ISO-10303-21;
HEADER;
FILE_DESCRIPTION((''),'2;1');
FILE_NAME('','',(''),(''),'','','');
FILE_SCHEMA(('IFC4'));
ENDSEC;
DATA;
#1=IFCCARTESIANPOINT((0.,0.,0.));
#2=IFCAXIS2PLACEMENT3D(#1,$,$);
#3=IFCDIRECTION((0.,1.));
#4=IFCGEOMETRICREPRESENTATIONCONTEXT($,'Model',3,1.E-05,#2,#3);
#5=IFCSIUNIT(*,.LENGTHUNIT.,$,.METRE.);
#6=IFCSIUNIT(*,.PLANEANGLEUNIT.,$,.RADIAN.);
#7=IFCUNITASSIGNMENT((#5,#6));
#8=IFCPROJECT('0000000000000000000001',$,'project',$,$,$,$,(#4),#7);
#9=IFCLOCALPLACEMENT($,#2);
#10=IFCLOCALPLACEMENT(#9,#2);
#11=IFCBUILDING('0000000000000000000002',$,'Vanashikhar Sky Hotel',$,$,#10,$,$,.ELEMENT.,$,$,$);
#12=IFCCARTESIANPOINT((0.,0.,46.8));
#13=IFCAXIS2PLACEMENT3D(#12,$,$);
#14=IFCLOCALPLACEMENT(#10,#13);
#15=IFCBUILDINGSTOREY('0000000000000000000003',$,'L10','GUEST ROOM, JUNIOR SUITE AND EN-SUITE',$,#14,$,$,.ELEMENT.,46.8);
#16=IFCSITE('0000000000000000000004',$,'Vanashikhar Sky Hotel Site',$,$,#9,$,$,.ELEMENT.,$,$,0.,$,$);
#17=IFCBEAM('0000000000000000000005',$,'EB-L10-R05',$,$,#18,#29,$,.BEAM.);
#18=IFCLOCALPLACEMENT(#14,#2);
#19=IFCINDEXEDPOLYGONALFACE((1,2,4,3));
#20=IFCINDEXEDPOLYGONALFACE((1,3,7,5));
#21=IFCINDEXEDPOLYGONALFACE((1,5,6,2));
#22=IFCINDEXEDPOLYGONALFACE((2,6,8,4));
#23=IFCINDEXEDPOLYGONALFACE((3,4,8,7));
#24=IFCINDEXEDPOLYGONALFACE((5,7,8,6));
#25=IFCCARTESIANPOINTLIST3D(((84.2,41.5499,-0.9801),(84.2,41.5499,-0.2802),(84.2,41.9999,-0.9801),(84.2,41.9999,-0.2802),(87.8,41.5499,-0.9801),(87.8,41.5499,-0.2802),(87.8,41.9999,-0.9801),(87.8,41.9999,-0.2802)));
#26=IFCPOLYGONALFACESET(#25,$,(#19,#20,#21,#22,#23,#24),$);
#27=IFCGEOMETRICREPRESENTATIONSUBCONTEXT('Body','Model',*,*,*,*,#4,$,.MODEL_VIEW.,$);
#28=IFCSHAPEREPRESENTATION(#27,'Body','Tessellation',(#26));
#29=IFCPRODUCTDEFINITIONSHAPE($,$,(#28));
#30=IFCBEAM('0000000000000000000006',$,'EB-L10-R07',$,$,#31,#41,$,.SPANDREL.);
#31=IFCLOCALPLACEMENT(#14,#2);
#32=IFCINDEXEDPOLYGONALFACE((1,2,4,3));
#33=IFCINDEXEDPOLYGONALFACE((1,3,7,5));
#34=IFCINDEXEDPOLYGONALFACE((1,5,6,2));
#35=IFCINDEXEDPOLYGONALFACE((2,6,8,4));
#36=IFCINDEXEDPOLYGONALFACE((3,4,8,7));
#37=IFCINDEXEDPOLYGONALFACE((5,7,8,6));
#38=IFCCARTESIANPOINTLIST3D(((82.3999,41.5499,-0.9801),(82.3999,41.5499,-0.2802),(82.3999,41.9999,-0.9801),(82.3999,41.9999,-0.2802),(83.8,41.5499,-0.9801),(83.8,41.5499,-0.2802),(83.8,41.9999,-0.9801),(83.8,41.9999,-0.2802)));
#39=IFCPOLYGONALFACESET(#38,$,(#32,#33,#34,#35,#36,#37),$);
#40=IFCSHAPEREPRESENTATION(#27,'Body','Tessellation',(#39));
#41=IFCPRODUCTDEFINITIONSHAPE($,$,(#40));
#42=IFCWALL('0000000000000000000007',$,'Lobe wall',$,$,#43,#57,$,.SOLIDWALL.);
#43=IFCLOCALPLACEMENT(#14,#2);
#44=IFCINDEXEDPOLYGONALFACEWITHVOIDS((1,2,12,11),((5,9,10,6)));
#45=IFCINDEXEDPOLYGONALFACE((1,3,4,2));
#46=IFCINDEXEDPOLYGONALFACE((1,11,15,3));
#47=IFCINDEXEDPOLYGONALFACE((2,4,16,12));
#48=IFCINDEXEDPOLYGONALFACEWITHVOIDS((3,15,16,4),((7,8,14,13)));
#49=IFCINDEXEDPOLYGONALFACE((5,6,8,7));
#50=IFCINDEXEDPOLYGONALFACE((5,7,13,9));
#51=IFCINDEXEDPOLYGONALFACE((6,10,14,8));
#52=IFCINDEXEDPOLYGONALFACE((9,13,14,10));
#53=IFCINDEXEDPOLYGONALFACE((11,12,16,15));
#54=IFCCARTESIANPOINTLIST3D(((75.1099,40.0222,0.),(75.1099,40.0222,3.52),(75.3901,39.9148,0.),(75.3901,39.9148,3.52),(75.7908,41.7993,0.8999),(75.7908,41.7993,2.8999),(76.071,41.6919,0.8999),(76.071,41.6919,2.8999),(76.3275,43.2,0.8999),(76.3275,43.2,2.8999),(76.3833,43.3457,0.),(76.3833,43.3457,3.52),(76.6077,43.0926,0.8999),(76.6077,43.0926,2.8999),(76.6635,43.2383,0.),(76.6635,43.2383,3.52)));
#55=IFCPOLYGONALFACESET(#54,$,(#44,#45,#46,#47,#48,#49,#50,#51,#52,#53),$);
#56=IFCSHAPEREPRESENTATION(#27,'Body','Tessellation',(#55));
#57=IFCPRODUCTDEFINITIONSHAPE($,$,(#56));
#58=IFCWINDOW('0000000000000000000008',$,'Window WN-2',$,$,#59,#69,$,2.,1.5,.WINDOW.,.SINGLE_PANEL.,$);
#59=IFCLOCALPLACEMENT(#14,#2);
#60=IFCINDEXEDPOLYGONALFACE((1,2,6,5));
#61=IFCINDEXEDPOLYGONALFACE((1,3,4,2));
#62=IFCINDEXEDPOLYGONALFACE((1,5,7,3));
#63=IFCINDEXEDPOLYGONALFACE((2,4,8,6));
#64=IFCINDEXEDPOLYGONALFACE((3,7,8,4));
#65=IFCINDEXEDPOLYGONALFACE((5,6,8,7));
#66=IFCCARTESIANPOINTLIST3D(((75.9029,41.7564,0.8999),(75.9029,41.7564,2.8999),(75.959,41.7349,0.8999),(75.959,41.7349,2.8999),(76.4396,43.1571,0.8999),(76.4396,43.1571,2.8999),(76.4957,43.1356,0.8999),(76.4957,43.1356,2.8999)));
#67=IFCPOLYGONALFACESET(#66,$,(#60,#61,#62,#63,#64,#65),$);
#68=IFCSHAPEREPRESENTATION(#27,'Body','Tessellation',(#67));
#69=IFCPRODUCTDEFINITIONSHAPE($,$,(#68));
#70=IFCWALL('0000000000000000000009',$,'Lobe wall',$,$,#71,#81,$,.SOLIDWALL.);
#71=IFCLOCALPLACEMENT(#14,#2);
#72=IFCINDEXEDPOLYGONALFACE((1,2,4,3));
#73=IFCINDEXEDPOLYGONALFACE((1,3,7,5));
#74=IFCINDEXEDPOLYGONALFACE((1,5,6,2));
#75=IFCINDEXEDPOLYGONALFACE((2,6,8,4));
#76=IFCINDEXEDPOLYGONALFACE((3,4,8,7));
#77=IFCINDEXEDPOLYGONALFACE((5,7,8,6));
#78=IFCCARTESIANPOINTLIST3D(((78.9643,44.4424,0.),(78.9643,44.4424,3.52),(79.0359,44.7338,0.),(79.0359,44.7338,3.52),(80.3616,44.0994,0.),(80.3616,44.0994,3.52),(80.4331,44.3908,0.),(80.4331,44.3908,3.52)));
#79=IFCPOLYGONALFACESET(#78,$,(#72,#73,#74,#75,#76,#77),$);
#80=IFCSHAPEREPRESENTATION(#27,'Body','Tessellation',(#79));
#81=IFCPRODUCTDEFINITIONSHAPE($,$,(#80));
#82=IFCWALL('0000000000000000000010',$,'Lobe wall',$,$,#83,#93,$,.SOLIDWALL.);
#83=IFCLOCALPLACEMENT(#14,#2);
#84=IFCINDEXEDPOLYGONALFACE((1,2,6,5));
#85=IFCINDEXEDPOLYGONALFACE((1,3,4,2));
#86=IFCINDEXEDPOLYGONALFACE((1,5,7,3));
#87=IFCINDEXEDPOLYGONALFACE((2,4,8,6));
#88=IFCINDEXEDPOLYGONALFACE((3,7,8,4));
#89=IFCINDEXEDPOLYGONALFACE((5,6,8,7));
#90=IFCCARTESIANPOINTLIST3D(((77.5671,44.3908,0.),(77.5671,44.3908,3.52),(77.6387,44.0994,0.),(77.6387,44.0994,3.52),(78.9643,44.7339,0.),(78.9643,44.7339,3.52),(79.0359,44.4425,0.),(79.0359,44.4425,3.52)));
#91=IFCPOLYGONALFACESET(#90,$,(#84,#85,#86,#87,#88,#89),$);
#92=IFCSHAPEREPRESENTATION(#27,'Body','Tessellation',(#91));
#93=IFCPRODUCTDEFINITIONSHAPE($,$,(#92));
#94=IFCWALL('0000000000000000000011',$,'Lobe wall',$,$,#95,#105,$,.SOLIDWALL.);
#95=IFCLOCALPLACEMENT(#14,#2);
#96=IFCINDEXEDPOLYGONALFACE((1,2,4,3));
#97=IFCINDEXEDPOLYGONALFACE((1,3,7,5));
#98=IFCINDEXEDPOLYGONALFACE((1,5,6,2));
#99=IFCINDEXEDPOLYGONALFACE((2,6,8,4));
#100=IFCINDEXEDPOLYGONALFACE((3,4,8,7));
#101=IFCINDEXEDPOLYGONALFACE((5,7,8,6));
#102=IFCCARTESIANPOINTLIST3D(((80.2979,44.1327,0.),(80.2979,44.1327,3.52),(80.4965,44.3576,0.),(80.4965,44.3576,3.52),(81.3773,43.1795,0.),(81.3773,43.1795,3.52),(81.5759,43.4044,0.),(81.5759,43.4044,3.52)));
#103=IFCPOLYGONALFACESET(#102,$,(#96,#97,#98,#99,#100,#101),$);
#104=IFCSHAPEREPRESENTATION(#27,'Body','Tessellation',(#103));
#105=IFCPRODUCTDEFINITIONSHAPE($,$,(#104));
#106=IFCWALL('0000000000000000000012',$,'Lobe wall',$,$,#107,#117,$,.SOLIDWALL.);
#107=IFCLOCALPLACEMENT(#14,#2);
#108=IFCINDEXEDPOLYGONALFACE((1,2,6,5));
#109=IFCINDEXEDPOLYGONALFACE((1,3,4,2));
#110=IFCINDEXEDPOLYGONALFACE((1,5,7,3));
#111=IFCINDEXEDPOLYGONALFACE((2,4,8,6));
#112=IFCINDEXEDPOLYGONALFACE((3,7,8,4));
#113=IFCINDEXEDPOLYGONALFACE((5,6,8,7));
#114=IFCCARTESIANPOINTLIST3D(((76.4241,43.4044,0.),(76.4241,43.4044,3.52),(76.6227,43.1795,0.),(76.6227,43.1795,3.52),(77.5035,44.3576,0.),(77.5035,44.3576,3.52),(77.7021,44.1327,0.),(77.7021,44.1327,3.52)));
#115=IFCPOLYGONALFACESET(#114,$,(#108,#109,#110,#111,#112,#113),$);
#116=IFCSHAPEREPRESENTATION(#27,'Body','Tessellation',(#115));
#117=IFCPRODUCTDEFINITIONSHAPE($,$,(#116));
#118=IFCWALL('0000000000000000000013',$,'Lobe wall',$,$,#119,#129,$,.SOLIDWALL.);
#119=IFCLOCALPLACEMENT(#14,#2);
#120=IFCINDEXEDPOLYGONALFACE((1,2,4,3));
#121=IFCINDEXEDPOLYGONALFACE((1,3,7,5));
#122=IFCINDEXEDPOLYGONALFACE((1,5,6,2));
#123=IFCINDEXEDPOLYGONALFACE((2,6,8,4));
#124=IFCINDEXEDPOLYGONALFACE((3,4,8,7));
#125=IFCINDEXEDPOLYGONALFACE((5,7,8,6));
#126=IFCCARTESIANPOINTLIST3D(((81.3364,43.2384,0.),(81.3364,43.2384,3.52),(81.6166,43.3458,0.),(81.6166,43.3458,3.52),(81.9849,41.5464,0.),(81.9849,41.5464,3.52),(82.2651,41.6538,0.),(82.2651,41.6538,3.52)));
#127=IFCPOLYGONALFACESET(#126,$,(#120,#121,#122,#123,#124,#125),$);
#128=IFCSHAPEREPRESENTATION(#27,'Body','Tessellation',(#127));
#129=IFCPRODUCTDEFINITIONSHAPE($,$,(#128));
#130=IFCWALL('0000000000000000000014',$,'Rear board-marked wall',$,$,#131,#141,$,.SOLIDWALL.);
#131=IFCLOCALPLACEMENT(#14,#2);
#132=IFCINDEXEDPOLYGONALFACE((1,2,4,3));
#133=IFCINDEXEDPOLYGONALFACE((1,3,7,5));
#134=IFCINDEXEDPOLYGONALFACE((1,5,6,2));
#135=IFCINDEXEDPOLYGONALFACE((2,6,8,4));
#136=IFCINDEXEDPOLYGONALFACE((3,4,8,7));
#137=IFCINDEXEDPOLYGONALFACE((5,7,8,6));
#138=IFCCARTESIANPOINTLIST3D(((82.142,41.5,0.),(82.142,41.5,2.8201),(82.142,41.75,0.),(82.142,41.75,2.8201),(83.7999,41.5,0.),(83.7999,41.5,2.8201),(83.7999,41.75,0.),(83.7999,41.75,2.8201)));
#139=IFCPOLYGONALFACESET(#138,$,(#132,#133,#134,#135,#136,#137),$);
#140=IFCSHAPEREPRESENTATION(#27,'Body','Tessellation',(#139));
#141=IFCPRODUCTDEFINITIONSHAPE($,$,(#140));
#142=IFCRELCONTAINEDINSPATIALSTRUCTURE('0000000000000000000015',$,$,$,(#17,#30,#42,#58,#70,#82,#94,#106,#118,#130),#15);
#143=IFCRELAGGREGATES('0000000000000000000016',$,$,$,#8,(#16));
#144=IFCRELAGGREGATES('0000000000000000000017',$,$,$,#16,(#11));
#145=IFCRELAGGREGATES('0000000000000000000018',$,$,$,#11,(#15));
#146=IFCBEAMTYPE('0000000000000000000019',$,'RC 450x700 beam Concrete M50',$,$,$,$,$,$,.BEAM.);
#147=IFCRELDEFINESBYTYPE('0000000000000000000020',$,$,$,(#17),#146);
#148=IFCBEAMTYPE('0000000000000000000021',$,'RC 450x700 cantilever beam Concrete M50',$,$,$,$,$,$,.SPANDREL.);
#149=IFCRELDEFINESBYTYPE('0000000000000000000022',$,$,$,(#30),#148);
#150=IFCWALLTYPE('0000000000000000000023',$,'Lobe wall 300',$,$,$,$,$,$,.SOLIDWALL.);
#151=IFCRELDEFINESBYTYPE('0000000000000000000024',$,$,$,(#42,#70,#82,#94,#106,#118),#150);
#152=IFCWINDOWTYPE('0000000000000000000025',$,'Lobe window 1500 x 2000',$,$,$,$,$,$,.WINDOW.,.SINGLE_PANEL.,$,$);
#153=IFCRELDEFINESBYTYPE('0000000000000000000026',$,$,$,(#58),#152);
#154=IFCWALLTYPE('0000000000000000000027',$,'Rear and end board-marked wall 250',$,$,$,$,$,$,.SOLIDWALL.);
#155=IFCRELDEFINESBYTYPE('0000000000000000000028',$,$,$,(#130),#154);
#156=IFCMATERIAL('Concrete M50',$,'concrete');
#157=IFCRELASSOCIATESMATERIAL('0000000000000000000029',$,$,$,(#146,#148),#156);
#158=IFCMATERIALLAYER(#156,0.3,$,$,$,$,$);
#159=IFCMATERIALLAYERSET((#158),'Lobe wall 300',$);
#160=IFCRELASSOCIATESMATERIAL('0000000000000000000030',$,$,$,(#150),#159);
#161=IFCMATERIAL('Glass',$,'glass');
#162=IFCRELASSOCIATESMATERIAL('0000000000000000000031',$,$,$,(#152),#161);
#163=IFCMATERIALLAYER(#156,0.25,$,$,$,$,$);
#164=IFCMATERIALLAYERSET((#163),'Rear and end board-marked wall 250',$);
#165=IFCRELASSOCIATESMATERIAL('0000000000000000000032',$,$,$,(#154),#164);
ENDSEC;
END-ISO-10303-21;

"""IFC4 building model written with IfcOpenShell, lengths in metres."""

from ifc_helpers import new_model, si_unit, direction, frame, frame_2d, origin, origin_2d, place, context, subcontext, project, spatial, rectangle, extrude, source, transform, mapped, material, layer, layer_set, material_profile, profile_set, type_object, element, fill, save


model = new_model("IFC4")

# Units and contexts
model_context = context("Model", 3, precision=1e-05, world=origin(), true_north=direction((0.0, 1.0)))
body_context = subcontext(model_context, "Body", "Model", "MODEL_VIEW")
ifc_project = project(units=[si_unit("LENGTHUNIT", "METRE"), si_unit("PLANEANGLEUNIT", "RADIAN")], contexts=[model_context])

# Site, building, storey
site_placement = place(None, origin())
site = spatial("IfcSite", under=ifc_project, at=site_placement, Name="Vanashikhar Sky Hotel Site", CompositionType="ELEMENT", RefElevation=0.0)
building_placement = place(site_placement, origin())
building = spatial("IfcBuilding", under=site, at=building_placement, Name="Vanashikhar Sky Hotel", CompositionType="ELEMENT")
storey_placement = place(building_placement, frame((0.0, 0.0, 46.8)))
storey = spatial("IfcBuildingStorey", under=building, at=storey_placement, Name="L10", Description="GUEST ROOM, JUNIOR SUITE AND EN-SUITE", CompositionType="ELEMENT", Elevation=46.8)

# Beams
ifc_material_1 = material(Name="Concrete M50", Category="concrete")
ifc_material_profile_1 = material_profile(ifc_material_1, rectangle(XDim=0.45, YDim=0.7, at=origin_2d()))
ifc_profile_set_1 = profile_set([ifc_material_profile_1], Name="RC 450x700 beam Concrete M50")
beam_type_1 = type_object("IfcBeamType", Name="RC 450x700 beam Concrete M50", PredefinedType="BEAM", material=ifc_profile_set_1)
shared_shape_1 = source(origin(), body_context, "Body", "SweptSolid", [
    extrude(rectangle(XDim=0.45, YDim=0.7, at=origin_2d()), origin(), (0.0, 0.0, 1.0), 3.6001),
])
beam_1_placement = place(storey_placement, frame((84.2, 41.7749, -0.6301), z_axis=(1.0, 0.0, 0.0), x_axis=(0.0, 1.0, 0.0)))
element("IfcBeam", 1, at=beam_1_placement, inside=storey, type_object=beam_type_1, Name="EB-L10-R05", PredefinedType="BEAM", context=body_context, shape_type="MappedRepresentation", body=[
    mapped(shared_shape_1, transform((0.0, 0.0, 0.0), scale=1.0)),
])
ifc_material_profile_2 = material_profile(ifc_material_1, rectangle(XDim=0.45, YDim=0.7, at=origin_2d()))
ifc_profile_set_2 = profile_set([ifc_material_profile_2], Name="RC 450x700 cantilever beam Concrete M50")
beam_type_2 = type_object("IfcBeamType", Name="RC 450x700 cantilever beam Concrete M50", PredefinedType="SPANDREL", material=ifc_profile_set_2)
shared_shape_2 = source(origin(), body_context, "Body", "SweptSolid", [
    extrude(rectangle(XDim=0.45, YDim=0.7, at=origin_2d()), origin(), (0.0, 0.0, 1.0), 1.4001),
])
beam_2_placement = place(storey_placement, frame((82.3999, 41.7749, -0.6301), z_axis=(1.0, 0.0, 0.0), x_axis=(0.0, 1.0, 0.0)))
element("IfcBeam", 2, at=beam_2_placement, inside=storey, type_object=beam_type_2, Name="EB-L10-R07", PredefinedType="SPANDREL", context=body_context, shape_type="MappedRepresentation", body=[
    mapped(shared_shape_2, transform((0.0, 0.0, 0.0), scale=1.0)),
])

# Wall, opening, window
ifc_layer_1 = layer(ifc_material_1, 0.3)
ifc_layer_set_1 = layer_set([ifc_layer_1], Name="Lobe wall 300")
wall_type_1 = type_object("IfcWallType", Name="Lobe wall 300", PredefinedType="SOLIDWALL", material=ifc_layer_set_1)
shared_shape_3 = source(origin(), body_context, "Body", "SweptSolid", [
    extrude(rectangle(XDim=3.5591, YDim=0.3, at=frame_2d((1.7795, 0.0))), origin(), (0.0, 0.0, 1.0), 3.52),
])
wall_1_placement = place(storey_placement, frame((76.5234, 43.292, 0.0), z_axis=(0.0, 0.0, 1.0), x_axis=(-0.357797, -0.933799, 0.0)))
wall_1 = element("IfcWall", 3, at=wall_1_placement, inside=storey, type_object=wall_type_1, Name="Lobe wall", PredefinedType="SOLIDWALL", context=body_context, shape_type="MappedRepresentation", body=[
    mapped(shared_shape_3, transform((0.0, 0.0, 0.0), scale=1.0)),
])
shared_shape_4 = source(origin(), body_context, "Body", "SweptSolid", [
    extrude(rectangle(XDim=1.5, YDim=2.0, at=frame_2d((0.75, 1.0))), frame((0.0, 0.1602, 0.0), z_axis=(0.0, -1.0, 0.0), x_axis=(1.0, 0.0, 0.0)), (0.0, 0.0, 1.0), 0.3201),
])
opening_1_placement = place(wall_1_placement, frame((0.156, 0.0, 0.8999)))
opening_1 = element("IfcOpeningElement", 4, at=opening_1_placement, cuts=wall_1, PredefinedType="OPENING", context=body_context, shape_type="MappedRepresentation", body=[
    mapped(shared_shape_4, transform((0.0, 0.0, 0.0), scale=1.0)),
])
ifc_material_2 = material(Name="Glass", Category="glass")
window_type = type_object("IfcWindowType", Name="Lobe window 1500 x 2000", PartitioningType="SINGLE_PANEL", PredefinedType="WINDOW", material=ifc_material_2)
shared_shape_5 = source(origin(), body_context, "Body", "SweptSolid", [
    extrude(rectangle(XDim=1.5, YDim=2.0, at=frame_2d((0.75, 1.0))), frame((0.0, 0.03, 0.0), z_axis=(0.0, -1.0, 0.0), x_axis=(1.0, 0.0, 0.0)), (0.0, 0.0, 1.0), 0.0601),
])
window_placement = place(opening_1_placement, origin())
window = element("IfcWindow", 5, at=window_placement, inside=storey, type_object=window_type, Name="Window WN-2", OverallHeight=2.0, OverallWidth=1.5, PartitioningType="SINGLE_PANEL", PredefinedType="WINDOW", context=body_context, shape_type="MappedRepresentation", body=[
    mapped(shared_shape_5, transform((0.0, 0.0, 0.0), scale=1.0)),
])
fill(opening_1, window)

# Walls
shared_shape_6 = source(origin(), body_context, "Body", "SweptSolid", [
    extrude(rectangle(XDim=1.4387, YDim=0.3, at=frame_2d((0.7192, 0.0))), origin(), (0.0, 0.0, 1.0), 3.52),
])
for number, where, z_axis, x_axis, name in (
    (6, (80.3972, 44.2451, 0.0), (0.0, 0.0, 1.0), (-0.971162, 0.238421, 0.0), "Lobe wall"),
    (7, (79.0, 44.5881, 0.0), (0.0, 0.0, 1.0), (-0.971162, -0.238421, 0.0), "Lobe wall"),
):
    element("IfcWall", number, at=place(storey_placement, frame(where, z_axis=z_axis, x_axis=x_axis)), inside=storey, type_object=wall_type_1, Name=name, PredefinedType="SOLIDWALL", context=body_context, shape_type="MappedRepresentation", body=[
        mapped(shared_shape_6, transform((0.0, 0.0, 0.0), scale=1.0)),
    ])
shared_shape_7 = source(origin(), body_context, "Body", "SweptSolid", [
    extrude(rectangle(XDim=1.4399, YDim=0.3, at=frame_2d((0.72, 0.0))), origin(), (0.0, 0.0, 1.0), 3.52),
])
for number, where, z_axis, x_axis, name in (
    (8, (81.4766, 43.292, 0.0), (0.0, 0.0, 1.0), (-0.749576, 0.661919, 0.0), "Lobe wall"),
    (9, (77.6028, 44.2451, 0.0), (0.0, 0.0, 1.0), (-0.749576, -0.661919, 0.0), "Lobe wall"),
):
    element("IfcWall", number, at=place(storey_placement, frame(where, z_axis=z_axis, x_axis=x_axis)), inside=storey, type_object=wall_type_1, Name=name, PredefinedType="SOLIDWALL", context=body_context, shape_type="MappedRepresentation", body=[
        mapped(shared_shape_7, transform((0.0, 0.0, 0.0), scale=1.0)),
    ])
shared_shape_8 = source(origin(), body_context, "Body", "SweptSolid", [
    extrude(rectangle(XDim=1.812, YDim=0.3, at=frame_2d((0.906, 0.0))), origin(), (0.0, 0.0, 1.0), 3.52),
])
wall_2_placement = place(storey_placement, frame((82.125, 41.6001, 0.0), z_axis=(0.0, 0.0, 1.0), x_axis=(-0.357877, 0.933769, 0.0)))
element("IfcWall", 10, at=wall_2_placement, inside=storey, type_object=wall_type_1, Name="Lobe wall", PredefinedType="SOLIDWALL", context=body_context, shape_type="MappedRepresentation", body=[
    mapped(shared_shape_8, transform((0.0, 0.0, 0.0), scale=1.0)),
])
ifc_layer_2 = layer(ifc_material_1, 0.25)
ifc_layer_set_2 = layer_set([ifc_layer_2], Name="Rear and end board-marked wall 250")
wall_type_2 = type_object("IfcWallType", Name="Rear and end board-marked wall 250", PredefinedType="SOLIDWALL", material=ifc_layer_set_2)
shared_shape_9 = source(origin(), body_context, "Body", "SweptSolid", [
    extrude(rectangle(XDim=1.658, YDim=0.25, at=frame_2d((0.8291, 0.0))), origin(), (0.0, 0.0, 1.0), 2.8201),
])
wall_3_placement = place(storey_placement, frame((83.8, 41.625, 0.0), z_axis=(0.0, 0.0, 1.0), x_axis=(-1.0, 0.0, 0.0)))
element("IfcWall", 11, at=wall_3_placement, inside=storey, type_object=wall_type_2, Name="Rear board-marked wall", PredefinedType="SOLIDWALL", context=body_context, shape_type="MappedRepresentation", body=[
    mapped(shared_shape_9, transform((0.0, 0.0, 0.0), scale=1.0)),
])

save(model, "model.ifc")
